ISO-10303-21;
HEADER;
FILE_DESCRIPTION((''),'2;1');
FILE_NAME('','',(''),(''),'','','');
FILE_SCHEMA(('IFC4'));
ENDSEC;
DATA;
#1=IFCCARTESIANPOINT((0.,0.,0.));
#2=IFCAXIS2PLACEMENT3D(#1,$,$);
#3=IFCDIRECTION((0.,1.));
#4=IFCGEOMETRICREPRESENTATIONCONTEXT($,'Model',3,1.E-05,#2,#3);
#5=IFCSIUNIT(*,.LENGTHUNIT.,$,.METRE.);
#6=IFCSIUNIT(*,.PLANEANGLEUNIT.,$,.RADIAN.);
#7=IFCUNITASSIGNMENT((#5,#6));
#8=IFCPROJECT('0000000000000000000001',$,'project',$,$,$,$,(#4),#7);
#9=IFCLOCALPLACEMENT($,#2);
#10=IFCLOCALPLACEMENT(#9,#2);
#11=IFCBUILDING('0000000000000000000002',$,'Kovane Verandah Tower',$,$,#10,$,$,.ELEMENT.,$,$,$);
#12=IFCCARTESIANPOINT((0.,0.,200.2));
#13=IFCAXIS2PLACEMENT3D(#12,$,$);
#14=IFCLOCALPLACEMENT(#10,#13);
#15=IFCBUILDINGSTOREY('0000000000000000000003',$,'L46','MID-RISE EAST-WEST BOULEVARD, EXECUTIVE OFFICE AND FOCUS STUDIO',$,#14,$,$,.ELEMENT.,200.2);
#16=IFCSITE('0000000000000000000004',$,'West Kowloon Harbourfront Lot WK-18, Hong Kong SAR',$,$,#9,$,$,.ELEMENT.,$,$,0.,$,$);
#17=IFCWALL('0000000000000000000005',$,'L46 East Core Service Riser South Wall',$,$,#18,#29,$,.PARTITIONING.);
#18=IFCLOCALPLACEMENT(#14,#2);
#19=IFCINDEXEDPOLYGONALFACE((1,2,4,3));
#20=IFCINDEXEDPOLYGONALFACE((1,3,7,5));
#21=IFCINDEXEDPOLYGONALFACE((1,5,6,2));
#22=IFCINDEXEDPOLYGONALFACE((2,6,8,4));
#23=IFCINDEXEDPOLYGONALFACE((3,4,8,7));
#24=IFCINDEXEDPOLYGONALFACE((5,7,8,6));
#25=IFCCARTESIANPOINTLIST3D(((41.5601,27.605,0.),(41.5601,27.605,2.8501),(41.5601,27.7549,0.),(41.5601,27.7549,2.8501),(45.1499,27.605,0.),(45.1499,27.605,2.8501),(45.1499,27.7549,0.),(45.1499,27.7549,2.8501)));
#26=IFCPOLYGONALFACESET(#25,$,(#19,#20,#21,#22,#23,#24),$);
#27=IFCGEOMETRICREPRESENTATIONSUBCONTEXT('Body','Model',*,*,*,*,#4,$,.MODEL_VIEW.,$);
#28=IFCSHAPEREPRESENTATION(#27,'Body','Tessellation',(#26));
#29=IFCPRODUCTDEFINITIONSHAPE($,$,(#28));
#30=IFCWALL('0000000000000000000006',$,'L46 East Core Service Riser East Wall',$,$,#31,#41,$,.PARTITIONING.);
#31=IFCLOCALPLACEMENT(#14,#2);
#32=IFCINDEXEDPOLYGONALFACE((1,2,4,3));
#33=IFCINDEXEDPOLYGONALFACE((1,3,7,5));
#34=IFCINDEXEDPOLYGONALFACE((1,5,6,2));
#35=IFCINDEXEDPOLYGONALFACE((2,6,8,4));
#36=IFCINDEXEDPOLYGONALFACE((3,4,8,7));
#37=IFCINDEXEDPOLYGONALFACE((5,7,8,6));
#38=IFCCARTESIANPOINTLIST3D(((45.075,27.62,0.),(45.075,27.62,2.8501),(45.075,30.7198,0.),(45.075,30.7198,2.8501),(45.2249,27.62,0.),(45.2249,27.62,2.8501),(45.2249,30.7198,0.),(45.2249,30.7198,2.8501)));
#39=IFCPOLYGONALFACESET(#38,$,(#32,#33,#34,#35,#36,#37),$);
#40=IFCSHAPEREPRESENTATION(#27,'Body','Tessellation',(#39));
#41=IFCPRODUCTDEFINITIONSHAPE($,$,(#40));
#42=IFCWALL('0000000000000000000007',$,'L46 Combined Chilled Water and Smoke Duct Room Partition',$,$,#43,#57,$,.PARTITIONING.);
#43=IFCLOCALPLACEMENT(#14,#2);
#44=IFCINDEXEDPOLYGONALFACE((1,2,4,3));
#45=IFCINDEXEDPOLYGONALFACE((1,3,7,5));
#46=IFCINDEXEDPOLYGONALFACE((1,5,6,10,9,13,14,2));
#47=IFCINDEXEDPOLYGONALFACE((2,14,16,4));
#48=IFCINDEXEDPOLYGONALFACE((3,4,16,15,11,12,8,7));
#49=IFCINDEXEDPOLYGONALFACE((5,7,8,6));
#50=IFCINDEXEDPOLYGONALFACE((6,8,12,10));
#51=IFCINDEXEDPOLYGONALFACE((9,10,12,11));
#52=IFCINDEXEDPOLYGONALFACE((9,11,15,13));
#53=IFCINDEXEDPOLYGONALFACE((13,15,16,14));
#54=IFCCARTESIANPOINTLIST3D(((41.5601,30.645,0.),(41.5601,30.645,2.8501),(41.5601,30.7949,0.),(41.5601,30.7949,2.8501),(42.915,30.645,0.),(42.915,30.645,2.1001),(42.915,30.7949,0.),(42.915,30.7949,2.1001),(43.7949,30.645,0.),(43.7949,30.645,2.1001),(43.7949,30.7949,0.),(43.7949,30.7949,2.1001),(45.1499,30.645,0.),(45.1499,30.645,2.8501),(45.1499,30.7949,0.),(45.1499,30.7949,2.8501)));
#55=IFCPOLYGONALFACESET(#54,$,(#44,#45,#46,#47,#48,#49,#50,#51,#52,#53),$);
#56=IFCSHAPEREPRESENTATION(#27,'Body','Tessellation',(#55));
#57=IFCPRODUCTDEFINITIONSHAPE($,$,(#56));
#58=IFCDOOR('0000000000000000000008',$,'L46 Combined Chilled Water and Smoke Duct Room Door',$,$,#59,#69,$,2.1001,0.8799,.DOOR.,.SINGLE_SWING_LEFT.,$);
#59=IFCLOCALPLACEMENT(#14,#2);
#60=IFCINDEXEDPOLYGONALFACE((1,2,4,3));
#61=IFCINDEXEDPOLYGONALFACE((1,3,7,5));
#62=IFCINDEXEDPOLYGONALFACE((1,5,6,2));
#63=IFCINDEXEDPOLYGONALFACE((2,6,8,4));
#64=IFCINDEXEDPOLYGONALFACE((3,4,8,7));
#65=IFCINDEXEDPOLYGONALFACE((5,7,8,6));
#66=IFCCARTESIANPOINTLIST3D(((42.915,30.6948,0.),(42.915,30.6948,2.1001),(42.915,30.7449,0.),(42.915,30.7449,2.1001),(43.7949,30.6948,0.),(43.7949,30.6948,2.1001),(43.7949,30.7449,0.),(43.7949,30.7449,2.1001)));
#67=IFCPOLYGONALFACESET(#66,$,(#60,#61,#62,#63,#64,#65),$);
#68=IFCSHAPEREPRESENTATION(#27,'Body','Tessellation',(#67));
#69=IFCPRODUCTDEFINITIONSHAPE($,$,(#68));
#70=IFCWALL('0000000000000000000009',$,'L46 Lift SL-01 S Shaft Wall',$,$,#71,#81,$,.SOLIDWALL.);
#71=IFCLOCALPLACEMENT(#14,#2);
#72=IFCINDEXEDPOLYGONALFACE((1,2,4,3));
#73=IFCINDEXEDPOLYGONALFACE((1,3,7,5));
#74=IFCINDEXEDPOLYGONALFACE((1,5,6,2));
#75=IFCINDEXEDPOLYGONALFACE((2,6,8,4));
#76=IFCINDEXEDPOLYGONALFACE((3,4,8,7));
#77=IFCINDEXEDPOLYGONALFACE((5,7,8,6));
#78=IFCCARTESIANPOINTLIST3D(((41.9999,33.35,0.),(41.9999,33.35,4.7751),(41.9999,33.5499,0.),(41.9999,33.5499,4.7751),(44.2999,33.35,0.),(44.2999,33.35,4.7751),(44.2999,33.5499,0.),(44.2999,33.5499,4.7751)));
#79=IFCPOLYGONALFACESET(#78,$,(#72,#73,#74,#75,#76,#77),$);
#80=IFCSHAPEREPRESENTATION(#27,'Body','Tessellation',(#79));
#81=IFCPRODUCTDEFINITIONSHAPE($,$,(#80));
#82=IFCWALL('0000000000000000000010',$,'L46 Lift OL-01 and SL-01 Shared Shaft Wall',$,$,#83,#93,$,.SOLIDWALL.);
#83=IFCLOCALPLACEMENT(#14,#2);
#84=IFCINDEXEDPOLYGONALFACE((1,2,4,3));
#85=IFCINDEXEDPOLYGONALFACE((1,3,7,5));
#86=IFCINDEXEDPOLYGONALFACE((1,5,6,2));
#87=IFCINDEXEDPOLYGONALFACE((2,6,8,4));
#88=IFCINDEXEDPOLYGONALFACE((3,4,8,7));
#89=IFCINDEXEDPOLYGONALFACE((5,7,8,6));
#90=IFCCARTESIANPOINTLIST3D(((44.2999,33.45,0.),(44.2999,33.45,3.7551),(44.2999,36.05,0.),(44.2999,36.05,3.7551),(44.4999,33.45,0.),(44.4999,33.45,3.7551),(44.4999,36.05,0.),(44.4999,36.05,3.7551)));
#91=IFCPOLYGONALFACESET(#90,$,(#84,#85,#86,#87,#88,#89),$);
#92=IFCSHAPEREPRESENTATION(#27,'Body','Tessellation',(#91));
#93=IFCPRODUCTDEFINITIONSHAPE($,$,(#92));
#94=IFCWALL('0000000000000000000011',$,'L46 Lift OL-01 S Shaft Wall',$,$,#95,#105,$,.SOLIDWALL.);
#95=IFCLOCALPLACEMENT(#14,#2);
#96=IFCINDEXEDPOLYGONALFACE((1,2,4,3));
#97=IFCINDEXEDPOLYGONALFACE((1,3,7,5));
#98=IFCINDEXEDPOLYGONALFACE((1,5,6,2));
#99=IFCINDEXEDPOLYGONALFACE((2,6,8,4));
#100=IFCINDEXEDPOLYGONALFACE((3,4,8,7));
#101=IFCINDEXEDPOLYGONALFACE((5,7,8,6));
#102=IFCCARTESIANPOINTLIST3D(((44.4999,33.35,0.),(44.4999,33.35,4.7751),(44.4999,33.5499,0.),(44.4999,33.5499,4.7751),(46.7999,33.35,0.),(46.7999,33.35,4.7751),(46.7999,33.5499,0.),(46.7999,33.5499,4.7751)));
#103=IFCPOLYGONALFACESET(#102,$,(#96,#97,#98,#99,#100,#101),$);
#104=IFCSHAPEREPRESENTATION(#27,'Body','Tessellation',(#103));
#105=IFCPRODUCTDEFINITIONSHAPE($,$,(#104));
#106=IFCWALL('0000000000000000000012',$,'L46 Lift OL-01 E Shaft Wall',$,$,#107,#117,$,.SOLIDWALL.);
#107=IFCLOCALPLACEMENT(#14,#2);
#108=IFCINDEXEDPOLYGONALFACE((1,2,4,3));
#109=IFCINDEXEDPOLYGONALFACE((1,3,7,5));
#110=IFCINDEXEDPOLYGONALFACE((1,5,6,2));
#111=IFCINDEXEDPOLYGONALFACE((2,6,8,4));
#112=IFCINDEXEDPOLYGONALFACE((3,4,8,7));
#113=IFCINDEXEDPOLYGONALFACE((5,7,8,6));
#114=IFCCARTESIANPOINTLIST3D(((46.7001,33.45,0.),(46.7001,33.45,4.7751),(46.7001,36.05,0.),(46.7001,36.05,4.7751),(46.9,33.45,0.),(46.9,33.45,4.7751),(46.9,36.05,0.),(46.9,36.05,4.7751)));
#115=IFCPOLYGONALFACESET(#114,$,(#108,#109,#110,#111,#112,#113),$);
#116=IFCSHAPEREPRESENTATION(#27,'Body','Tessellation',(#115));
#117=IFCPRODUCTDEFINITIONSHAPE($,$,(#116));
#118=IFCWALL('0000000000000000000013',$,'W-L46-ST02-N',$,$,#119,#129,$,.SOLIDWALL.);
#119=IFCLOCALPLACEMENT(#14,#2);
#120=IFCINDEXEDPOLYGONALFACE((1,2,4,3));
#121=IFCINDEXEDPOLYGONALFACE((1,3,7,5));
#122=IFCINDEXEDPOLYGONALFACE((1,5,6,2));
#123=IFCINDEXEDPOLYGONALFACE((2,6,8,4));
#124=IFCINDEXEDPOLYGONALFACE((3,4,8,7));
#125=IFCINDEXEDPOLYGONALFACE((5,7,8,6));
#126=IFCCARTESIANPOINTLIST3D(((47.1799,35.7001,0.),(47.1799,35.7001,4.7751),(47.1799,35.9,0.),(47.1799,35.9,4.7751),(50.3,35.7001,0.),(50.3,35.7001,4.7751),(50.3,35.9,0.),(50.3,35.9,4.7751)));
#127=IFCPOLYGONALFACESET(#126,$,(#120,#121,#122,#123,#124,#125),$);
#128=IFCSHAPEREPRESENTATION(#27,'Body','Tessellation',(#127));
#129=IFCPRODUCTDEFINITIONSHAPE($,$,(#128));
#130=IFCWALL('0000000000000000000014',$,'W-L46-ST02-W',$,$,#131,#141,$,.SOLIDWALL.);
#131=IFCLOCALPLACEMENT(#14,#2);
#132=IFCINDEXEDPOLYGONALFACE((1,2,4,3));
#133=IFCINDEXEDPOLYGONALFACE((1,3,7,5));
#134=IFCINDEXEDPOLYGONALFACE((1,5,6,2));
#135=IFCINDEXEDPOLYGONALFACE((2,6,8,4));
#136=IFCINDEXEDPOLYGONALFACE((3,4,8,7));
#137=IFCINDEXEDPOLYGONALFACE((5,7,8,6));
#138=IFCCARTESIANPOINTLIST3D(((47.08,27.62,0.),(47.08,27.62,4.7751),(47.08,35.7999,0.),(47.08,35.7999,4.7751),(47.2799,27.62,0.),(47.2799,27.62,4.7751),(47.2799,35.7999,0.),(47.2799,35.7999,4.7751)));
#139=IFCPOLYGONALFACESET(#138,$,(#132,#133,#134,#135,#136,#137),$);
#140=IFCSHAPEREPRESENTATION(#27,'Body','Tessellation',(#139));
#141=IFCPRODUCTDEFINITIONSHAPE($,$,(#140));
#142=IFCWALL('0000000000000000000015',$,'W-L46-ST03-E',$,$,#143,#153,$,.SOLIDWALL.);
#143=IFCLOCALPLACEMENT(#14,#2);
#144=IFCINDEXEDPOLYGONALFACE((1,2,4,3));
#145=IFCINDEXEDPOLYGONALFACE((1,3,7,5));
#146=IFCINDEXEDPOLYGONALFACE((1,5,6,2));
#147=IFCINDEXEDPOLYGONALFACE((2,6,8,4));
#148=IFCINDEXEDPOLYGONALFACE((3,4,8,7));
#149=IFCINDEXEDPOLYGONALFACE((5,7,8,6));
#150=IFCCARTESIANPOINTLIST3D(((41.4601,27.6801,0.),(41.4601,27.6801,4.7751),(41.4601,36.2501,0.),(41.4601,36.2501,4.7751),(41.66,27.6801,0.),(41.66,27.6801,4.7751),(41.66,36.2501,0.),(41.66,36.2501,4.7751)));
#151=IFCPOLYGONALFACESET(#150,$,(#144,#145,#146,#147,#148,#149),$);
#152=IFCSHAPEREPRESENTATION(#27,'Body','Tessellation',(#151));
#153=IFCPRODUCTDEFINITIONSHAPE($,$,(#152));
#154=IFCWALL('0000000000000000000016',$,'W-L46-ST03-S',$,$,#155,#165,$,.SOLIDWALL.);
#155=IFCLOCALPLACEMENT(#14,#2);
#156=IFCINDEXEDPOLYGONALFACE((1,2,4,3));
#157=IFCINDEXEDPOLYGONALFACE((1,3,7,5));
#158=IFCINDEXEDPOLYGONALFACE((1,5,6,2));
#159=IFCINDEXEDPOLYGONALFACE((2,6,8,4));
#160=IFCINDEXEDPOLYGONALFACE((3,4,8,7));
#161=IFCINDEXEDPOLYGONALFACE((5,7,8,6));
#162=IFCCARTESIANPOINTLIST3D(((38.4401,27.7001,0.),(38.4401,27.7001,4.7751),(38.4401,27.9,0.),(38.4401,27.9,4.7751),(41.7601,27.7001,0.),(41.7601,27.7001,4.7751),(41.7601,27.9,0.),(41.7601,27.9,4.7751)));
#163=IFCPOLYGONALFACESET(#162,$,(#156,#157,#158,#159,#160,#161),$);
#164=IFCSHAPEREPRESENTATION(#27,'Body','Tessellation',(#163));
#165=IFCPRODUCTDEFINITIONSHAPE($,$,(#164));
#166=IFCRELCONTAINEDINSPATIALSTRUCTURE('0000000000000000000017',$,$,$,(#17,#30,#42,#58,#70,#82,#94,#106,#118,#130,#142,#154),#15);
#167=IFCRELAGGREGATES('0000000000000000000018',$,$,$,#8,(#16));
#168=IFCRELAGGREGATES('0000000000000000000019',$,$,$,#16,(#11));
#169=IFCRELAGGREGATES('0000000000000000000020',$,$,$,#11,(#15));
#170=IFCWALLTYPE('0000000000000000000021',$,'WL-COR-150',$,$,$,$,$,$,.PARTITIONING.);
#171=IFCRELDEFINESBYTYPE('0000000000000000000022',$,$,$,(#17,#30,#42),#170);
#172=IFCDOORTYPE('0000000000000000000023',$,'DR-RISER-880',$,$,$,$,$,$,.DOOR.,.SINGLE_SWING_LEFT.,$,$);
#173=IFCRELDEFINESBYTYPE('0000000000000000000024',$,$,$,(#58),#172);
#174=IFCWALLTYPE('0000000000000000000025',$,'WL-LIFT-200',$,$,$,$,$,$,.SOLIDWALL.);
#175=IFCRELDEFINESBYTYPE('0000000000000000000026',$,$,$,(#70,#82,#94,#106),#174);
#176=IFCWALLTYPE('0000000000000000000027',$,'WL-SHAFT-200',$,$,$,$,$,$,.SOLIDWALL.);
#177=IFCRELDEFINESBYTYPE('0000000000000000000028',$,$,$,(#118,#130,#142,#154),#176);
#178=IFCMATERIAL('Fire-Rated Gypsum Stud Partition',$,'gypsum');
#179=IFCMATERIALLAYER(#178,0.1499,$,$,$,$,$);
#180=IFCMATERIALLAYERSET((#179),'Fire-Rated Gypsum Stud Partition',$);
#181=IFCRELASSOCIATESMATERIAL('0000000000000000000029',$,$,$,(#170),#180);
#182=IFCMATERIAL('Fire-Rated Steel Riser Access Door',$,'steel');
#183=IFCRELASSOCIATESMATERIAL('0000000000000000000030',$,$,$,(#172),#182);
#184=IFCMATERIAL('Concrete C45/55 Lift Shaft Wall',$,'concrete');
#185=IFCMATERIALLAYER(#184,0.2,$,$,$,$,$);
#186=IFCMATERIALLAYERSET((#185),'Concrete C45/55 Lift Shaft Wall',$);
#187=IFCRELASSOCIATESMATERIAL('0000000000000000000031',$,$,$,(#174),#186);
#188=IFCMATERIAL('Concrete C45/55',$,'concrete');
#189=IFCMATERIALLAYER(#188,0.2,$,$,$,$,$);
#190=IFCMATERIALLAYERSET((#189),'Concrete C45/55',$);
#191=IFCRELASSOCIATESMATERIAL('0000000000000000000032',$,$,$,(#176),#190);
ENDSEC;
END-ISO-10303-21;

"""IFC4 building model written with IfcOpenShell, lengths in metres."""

from ifc_helpers import new_model, si_unit, direction, frame, frame_2d, origin, place, context, subcontext, project, spatial, rectangle, extrude, material, layer, layer_set, type_object, element, fill, save


model = new_model("IFC4")

# Units and contexts
model_context = context("Model", 3, precision=1e-05, world=origin(), true_north=direction((0.0, 1.0)))
body_context = subcontext(model_context, "Body", "Model", "MODEL_VIEW")
ifc_project = project(units=[si_unit("LENGTHUNIT", "METRE"), si_unit("PLANEANGLEUNIT", "RADIAN")], contexts=[model_context])

# Site, building, storey
site_placement = place(None, origin())
site = spatial("IfcSite", under=ifc_project, at=site_placement, Name="West Kowloon Harbourfront Lot WK-18, Hong Kong SAR", CompositionType="ELEMENT", RefElevation=0.0)
building_placement = place(site_placement, origin())
building = spatial("IfcBuilding", under=site, at=building_placement, Name="Kovane Verandah Tower", CompositionType="ELEMENT")
storey_placement = place(building_placement, frame((0.0, 0.0, 200.2)))
storey = spatial("IfcBuildingStorey", under=building, at=storey_placement, Name="L46", Description="MID-RISE EAST-WEST BOULEVARD, EXECUTIVE OFFICE AND FOCUS STUDIO", CompositionType="ELEMENT", Elevation=200.2)

# Walls
ifc_material_1 = material(Name="Fire-Rated Gypsum Stud Partition", Category="gypsum")
ifc_layer_1 = layer(ifc_material_1, 0.1499)
ifc_layer_set_1 = layer_set([ifc_layer_1], Name="Fire-Rated Gypsum Stud Partition")
wall_type_1 = type_object("IfcWallType", Name="WL-COR-150", PredefinedType="PARTITIONING", material=ifc_layer_set_1)
wall_1_placement = place(storey_placement, frame((41.5601, 27.6799, 0.0), z_axis=(0.0, 0.0, 1.0), x_axis=(1.0, 0.0, 0.0)))
element("IfcWall", 1, at=wall_1_placement, inside=storey, type_object=wall_type_1, Name="L46 East Core Service Riser South Wall", PredefinedType="PARTITIONING", context=body_context, shape_type="SweptSolid", body=[
    extrude(rectangle(XDim=3.5898, YDim=0.1499, at=frame_2d((1.7949, 0.0))), origin(), (0.0, 0.0, 1.0), 2.8501),
])
wall_2_placement = place(storey_placement, frame((45.1499, 27.6201, 0.0), z_axis=(0.0, 0.0, 1.0), x_axis=(0.0, 1.0, 0.0)))
element("IfcWall", 2, at=wall_2_placement, inside=storey, type_object=wall_type_1, Name="L46 East Core Service Riser East Wall", PredefinedType="PARTITIONING", context=body_context, shape_type="SweptSolid", body=[
    extrude(rectangle(XDim=3.0999, YDim=0.1499, at=frame_2d((1.5498, 0.0))), origin(), (0.0, 0.0, 1.0), 2.8501),
])

# Wall, opening, door
wall_3_placement = place(storey_placement, frame((41.5601, 30.72, 0.0), z_axis=(0.0, 0.0, 1.0), x_axis=(1.0, 0.0, 0.0)))
wall_3 = element("IfcWall", 3, at=wall_3_placement, inside=storey, type_object=wall_type_1, Name="L46 Combined Chilled Water and Smoke Duct Room Partition", PredefinedType="PARTITIONING", context=body_context, shape_type="SweptSolid", body=[
    extrude(rectangle(XDim=3.5898, YDim=0.1499, at=frame_2d((1.7949, 0.0))), origin(), (0.0, 0.0, 1.0), 2.8501),
])
opening_1_placement = place(wall_3_placement, frame((1.355, 0.0, 0.0)))
opening_1 = element("IfcOpeningElement", 4, at=opening_1_placement, cuts=wall_3, PredefinedType="OPENING", context=body_context, shape_type="SweptSolid", body=[
    extrude(rectangle(XDim=0.8799, YDim=2.1001, at=frame_2d((0.4399, 1.05))), frame((0.0, 0.075, 0.0), z_axis=(0.0, -1.0, 0.0), x_axis=(1.0, 0.0, 0.0)), (0.0, 0.0, 1.0), 0.1499),
])
ifc_material_2 = material(Name="Fire-Rated Steel Riser Access Door", Category="steel")
door_type_1 = type_object("IfcDoorType", Name="DR-RISER-880", OperationType="SINGLE_SWING_LEFT", PredefinedType="DOOR", material=ifc_material_2)
door_1_placement = place(opening_1_placement, origin())
door_1 = element("IfcDoor", 5, at=door_1_placement, inside=storey, type_object=door_type_1, Name="L46 Combined Chilled Water and Smoke Duct Room Door", OperationType="SINGLE_SWING_LEFT", OverallHeight=2.1001, OverallWidth=0.8799, PredefinedType="DOOR", context=body_context, shape_type="SweptSolid", body=[
    extrude(rectangle(XDim=0.8799, YDim=2.1001, at=frame_2d((0.4399, 1.05))), frame((0.0, 0.0249, 0.0), z_axis=(0.0, -1.0, 0.0), x_axis=(1.0, 0.0, 0.0)), (0.0, 0.0, 1.0), 0.05),
])
fill(opening_1, door_1)

# Walls
ifc_material_3 = material(Name="Concrete C45/55 Lift Shaft Wall", Category="concrete")
ifc_layer_2 = layer(ifc_material_3, 0.2)
ifc_layer_set_2 = layer_set([ifc_layer_2], Name="Concrete C45/55 Lift Shaft Wall")
wall_type_2 = type_object("IfcWallType", Name="WL-LIFT-200", PredefinedType="SOLIDWALL", material=ifc_layer_set_2)
wall_4_placement = place(storey_placement, frame((42.0, 33.45, 0.0), z_axis=(0.0, 0.0, 1.0), x_axis=(1.0, 0.0, 0.0)))
element("IfcWall", 6, at=wall_4_placement, inside=storey, type_object=wall_type_2, Name="L46 Lift SL-01 S Shaft Wall", PredefinedType="SOLIDWALL", context=body_context, shape_type="SweptSolid", body=[
    extrude(rectangle(XDim=2.3, YDim=0.2, at=frame_2d((1.1499, 0.0))), origin(), (0.0, 0.0, 1.0), 4.7751),
])
wall_5_placement = place(storey_placement, frame((44.3999, 33.45, 0.0), z_axis=(0.0, 0.0, 1.0), x_axis=(0.0, 1.0, 0.0)))
element("IfcWall", 7, at=wall_5_placement, inside=storey, type_object=wall_type_2, Name="L46 Lift OL-01 and SL-01 Shared Shaft Wall", PredefinedType="SOLIDWALL", context=body_context, shape_type="SweptSolid", body=[
    extrude(rectangle(XDim=2.6001, YDim=0.2, at=frame_2d((1.3, 0.0))), origin(), (0.0, 0.0, 1.0), 3.7551),
])
wall_6_placement = place(storey_placement, frame((44.5, 33.45, 0.0), z_axis=(0.0, 0.0, 1.0), x_axis=(1.0, 0.0, 0.0)))
element("IfcWall", 8, at=wall_6_placement, inside=storey, type_object=wall_type_2, Name="L46 Lift OL-01 S Shaft Wall", PredefinedType="SOLIDWALL", context=body_context, shape_type="SweptSolid", body=[
    extrude(rectangle(XDim=2.3, YDim=0.2, at=frame_2d((1.1499, 0.0))), origin(), (0.0, 0.0, 1.0), 4.7751),
])
wall_7_placement = place(storey_placement, frame((46.8, 33.45, 0.0), z_axis=(0.0, 0.0, 1.0), x_axis=(0.0, 1.0, 0.0)))
element("IfcWall", 9, at=wall_7_placement, inside=storey, type_object=wall_type_2, Name="L46 Lift OL-01 E Shaft Wall", PredefinedType="SOLIDWALL", context=body_context, shape_type="SweptSolid", body=[
    extrude(rectangle(XDim=2.6001, YDim=0.2, at=frame_2d((1.3, 0.0))), origin(), (0.0, 0.0, 1.0), 4.7751),
])
ifc_material_4 = material(Name="Concrete C45/55", Category="concrete")
ifc_layer_3 = layer(ifc_material_4, 0.2)
ifc_layer_set_3 = layer_set([ifc_layer_3], Name="Concrete C45/55")
wall_type_3 = type_object("IfcWallType", Name="WL-SHAFT-200", PredefinedType="SOLIDWALL", material=ifc_layer_set_3)
wall_8_placement = place(storey_placement, frame((47.1799, 35.8, 0.0), z_axis=(0.0, 0.0, 1.0), x_axis=(1.0, 0.0, 0.0)))
element("IfcWall", 10, at=wall_8_placement, inside=storey, type_object=wall_type_3, Name="W-L46-ST02-N", PredefinedType="SOLIDWALL", context=body_context, shape_type="SweptSolid", body=[
    extrude(rectangle(XDim=3.1201, YDim=0.2, at=frame_2d((1.5601, 0.0))), origin(), (0.0, 0.0, 1.0), 4.7751),
])
wall_9_placement = place(storey_placement, frame((47.1799, 27.6201, 0.0), z_axis=(0.0, 0.0, 1.0), x_axis=(0.0, 1.0, 0.0)))
element("IfcWall", 11, at=wall_9_placement, inside=storey, type_object=wall_type_3, Name="W-L46-ST02-W", PredefinedType="SOLIDWALL", context=body_context, shape_type="SweptSolid", body=[
    extrude(rectangle(XDim=8.1799, YDim=0.2, at=frame_2d((4.0898, 0.0))), origin(), (0.0, 0.0, 1.0), 4.7751),
])

# Walls
wall_10_placement = place(storey_placement, frame((41.5601, 27.6799, 0.0), z_axis=(0.0, 0.0, 1.0), x_axis=(0.0, 1.0, 0.0)))
element("IfcWall", 12, at=wall_10_placement, inside=storey, type_object=wall_type_3, Name="W-L46-ST03-E", PredefinedType="SOLIDWALL", context=body_context, shape_type="SweptSolid", body=[
    extrude(rectangle(XDim=8.5701, YDim=0.2, at=frame_2d((4.2852, 0.0))), origin(), (0.0, 0.0, 1.0), 4.7751),
])
wall_11_placement = place(storey_placement, frame((38.4399, 27.8, 0.0), z_axis=(0.0, 0.0, 1.0), x_axis=(1.0, 0.0, 0.0)))
element("IfcWall", 13, at=wall_11_placement, inside=storey, type_object=wall_type_3, Name="W-L46-ST03-S", PredefinedType="SOLIDWALL", context=body_context, shape_type="SweptSolid", body=[
    extrude(rectangle(XDim=3.3201, YDim=0.2, at=frame_2d((1.6602, 0.0))), origin(), (0.0, 0.0, 1.0), 4.7751),
])

save(model, "model.ifc")
